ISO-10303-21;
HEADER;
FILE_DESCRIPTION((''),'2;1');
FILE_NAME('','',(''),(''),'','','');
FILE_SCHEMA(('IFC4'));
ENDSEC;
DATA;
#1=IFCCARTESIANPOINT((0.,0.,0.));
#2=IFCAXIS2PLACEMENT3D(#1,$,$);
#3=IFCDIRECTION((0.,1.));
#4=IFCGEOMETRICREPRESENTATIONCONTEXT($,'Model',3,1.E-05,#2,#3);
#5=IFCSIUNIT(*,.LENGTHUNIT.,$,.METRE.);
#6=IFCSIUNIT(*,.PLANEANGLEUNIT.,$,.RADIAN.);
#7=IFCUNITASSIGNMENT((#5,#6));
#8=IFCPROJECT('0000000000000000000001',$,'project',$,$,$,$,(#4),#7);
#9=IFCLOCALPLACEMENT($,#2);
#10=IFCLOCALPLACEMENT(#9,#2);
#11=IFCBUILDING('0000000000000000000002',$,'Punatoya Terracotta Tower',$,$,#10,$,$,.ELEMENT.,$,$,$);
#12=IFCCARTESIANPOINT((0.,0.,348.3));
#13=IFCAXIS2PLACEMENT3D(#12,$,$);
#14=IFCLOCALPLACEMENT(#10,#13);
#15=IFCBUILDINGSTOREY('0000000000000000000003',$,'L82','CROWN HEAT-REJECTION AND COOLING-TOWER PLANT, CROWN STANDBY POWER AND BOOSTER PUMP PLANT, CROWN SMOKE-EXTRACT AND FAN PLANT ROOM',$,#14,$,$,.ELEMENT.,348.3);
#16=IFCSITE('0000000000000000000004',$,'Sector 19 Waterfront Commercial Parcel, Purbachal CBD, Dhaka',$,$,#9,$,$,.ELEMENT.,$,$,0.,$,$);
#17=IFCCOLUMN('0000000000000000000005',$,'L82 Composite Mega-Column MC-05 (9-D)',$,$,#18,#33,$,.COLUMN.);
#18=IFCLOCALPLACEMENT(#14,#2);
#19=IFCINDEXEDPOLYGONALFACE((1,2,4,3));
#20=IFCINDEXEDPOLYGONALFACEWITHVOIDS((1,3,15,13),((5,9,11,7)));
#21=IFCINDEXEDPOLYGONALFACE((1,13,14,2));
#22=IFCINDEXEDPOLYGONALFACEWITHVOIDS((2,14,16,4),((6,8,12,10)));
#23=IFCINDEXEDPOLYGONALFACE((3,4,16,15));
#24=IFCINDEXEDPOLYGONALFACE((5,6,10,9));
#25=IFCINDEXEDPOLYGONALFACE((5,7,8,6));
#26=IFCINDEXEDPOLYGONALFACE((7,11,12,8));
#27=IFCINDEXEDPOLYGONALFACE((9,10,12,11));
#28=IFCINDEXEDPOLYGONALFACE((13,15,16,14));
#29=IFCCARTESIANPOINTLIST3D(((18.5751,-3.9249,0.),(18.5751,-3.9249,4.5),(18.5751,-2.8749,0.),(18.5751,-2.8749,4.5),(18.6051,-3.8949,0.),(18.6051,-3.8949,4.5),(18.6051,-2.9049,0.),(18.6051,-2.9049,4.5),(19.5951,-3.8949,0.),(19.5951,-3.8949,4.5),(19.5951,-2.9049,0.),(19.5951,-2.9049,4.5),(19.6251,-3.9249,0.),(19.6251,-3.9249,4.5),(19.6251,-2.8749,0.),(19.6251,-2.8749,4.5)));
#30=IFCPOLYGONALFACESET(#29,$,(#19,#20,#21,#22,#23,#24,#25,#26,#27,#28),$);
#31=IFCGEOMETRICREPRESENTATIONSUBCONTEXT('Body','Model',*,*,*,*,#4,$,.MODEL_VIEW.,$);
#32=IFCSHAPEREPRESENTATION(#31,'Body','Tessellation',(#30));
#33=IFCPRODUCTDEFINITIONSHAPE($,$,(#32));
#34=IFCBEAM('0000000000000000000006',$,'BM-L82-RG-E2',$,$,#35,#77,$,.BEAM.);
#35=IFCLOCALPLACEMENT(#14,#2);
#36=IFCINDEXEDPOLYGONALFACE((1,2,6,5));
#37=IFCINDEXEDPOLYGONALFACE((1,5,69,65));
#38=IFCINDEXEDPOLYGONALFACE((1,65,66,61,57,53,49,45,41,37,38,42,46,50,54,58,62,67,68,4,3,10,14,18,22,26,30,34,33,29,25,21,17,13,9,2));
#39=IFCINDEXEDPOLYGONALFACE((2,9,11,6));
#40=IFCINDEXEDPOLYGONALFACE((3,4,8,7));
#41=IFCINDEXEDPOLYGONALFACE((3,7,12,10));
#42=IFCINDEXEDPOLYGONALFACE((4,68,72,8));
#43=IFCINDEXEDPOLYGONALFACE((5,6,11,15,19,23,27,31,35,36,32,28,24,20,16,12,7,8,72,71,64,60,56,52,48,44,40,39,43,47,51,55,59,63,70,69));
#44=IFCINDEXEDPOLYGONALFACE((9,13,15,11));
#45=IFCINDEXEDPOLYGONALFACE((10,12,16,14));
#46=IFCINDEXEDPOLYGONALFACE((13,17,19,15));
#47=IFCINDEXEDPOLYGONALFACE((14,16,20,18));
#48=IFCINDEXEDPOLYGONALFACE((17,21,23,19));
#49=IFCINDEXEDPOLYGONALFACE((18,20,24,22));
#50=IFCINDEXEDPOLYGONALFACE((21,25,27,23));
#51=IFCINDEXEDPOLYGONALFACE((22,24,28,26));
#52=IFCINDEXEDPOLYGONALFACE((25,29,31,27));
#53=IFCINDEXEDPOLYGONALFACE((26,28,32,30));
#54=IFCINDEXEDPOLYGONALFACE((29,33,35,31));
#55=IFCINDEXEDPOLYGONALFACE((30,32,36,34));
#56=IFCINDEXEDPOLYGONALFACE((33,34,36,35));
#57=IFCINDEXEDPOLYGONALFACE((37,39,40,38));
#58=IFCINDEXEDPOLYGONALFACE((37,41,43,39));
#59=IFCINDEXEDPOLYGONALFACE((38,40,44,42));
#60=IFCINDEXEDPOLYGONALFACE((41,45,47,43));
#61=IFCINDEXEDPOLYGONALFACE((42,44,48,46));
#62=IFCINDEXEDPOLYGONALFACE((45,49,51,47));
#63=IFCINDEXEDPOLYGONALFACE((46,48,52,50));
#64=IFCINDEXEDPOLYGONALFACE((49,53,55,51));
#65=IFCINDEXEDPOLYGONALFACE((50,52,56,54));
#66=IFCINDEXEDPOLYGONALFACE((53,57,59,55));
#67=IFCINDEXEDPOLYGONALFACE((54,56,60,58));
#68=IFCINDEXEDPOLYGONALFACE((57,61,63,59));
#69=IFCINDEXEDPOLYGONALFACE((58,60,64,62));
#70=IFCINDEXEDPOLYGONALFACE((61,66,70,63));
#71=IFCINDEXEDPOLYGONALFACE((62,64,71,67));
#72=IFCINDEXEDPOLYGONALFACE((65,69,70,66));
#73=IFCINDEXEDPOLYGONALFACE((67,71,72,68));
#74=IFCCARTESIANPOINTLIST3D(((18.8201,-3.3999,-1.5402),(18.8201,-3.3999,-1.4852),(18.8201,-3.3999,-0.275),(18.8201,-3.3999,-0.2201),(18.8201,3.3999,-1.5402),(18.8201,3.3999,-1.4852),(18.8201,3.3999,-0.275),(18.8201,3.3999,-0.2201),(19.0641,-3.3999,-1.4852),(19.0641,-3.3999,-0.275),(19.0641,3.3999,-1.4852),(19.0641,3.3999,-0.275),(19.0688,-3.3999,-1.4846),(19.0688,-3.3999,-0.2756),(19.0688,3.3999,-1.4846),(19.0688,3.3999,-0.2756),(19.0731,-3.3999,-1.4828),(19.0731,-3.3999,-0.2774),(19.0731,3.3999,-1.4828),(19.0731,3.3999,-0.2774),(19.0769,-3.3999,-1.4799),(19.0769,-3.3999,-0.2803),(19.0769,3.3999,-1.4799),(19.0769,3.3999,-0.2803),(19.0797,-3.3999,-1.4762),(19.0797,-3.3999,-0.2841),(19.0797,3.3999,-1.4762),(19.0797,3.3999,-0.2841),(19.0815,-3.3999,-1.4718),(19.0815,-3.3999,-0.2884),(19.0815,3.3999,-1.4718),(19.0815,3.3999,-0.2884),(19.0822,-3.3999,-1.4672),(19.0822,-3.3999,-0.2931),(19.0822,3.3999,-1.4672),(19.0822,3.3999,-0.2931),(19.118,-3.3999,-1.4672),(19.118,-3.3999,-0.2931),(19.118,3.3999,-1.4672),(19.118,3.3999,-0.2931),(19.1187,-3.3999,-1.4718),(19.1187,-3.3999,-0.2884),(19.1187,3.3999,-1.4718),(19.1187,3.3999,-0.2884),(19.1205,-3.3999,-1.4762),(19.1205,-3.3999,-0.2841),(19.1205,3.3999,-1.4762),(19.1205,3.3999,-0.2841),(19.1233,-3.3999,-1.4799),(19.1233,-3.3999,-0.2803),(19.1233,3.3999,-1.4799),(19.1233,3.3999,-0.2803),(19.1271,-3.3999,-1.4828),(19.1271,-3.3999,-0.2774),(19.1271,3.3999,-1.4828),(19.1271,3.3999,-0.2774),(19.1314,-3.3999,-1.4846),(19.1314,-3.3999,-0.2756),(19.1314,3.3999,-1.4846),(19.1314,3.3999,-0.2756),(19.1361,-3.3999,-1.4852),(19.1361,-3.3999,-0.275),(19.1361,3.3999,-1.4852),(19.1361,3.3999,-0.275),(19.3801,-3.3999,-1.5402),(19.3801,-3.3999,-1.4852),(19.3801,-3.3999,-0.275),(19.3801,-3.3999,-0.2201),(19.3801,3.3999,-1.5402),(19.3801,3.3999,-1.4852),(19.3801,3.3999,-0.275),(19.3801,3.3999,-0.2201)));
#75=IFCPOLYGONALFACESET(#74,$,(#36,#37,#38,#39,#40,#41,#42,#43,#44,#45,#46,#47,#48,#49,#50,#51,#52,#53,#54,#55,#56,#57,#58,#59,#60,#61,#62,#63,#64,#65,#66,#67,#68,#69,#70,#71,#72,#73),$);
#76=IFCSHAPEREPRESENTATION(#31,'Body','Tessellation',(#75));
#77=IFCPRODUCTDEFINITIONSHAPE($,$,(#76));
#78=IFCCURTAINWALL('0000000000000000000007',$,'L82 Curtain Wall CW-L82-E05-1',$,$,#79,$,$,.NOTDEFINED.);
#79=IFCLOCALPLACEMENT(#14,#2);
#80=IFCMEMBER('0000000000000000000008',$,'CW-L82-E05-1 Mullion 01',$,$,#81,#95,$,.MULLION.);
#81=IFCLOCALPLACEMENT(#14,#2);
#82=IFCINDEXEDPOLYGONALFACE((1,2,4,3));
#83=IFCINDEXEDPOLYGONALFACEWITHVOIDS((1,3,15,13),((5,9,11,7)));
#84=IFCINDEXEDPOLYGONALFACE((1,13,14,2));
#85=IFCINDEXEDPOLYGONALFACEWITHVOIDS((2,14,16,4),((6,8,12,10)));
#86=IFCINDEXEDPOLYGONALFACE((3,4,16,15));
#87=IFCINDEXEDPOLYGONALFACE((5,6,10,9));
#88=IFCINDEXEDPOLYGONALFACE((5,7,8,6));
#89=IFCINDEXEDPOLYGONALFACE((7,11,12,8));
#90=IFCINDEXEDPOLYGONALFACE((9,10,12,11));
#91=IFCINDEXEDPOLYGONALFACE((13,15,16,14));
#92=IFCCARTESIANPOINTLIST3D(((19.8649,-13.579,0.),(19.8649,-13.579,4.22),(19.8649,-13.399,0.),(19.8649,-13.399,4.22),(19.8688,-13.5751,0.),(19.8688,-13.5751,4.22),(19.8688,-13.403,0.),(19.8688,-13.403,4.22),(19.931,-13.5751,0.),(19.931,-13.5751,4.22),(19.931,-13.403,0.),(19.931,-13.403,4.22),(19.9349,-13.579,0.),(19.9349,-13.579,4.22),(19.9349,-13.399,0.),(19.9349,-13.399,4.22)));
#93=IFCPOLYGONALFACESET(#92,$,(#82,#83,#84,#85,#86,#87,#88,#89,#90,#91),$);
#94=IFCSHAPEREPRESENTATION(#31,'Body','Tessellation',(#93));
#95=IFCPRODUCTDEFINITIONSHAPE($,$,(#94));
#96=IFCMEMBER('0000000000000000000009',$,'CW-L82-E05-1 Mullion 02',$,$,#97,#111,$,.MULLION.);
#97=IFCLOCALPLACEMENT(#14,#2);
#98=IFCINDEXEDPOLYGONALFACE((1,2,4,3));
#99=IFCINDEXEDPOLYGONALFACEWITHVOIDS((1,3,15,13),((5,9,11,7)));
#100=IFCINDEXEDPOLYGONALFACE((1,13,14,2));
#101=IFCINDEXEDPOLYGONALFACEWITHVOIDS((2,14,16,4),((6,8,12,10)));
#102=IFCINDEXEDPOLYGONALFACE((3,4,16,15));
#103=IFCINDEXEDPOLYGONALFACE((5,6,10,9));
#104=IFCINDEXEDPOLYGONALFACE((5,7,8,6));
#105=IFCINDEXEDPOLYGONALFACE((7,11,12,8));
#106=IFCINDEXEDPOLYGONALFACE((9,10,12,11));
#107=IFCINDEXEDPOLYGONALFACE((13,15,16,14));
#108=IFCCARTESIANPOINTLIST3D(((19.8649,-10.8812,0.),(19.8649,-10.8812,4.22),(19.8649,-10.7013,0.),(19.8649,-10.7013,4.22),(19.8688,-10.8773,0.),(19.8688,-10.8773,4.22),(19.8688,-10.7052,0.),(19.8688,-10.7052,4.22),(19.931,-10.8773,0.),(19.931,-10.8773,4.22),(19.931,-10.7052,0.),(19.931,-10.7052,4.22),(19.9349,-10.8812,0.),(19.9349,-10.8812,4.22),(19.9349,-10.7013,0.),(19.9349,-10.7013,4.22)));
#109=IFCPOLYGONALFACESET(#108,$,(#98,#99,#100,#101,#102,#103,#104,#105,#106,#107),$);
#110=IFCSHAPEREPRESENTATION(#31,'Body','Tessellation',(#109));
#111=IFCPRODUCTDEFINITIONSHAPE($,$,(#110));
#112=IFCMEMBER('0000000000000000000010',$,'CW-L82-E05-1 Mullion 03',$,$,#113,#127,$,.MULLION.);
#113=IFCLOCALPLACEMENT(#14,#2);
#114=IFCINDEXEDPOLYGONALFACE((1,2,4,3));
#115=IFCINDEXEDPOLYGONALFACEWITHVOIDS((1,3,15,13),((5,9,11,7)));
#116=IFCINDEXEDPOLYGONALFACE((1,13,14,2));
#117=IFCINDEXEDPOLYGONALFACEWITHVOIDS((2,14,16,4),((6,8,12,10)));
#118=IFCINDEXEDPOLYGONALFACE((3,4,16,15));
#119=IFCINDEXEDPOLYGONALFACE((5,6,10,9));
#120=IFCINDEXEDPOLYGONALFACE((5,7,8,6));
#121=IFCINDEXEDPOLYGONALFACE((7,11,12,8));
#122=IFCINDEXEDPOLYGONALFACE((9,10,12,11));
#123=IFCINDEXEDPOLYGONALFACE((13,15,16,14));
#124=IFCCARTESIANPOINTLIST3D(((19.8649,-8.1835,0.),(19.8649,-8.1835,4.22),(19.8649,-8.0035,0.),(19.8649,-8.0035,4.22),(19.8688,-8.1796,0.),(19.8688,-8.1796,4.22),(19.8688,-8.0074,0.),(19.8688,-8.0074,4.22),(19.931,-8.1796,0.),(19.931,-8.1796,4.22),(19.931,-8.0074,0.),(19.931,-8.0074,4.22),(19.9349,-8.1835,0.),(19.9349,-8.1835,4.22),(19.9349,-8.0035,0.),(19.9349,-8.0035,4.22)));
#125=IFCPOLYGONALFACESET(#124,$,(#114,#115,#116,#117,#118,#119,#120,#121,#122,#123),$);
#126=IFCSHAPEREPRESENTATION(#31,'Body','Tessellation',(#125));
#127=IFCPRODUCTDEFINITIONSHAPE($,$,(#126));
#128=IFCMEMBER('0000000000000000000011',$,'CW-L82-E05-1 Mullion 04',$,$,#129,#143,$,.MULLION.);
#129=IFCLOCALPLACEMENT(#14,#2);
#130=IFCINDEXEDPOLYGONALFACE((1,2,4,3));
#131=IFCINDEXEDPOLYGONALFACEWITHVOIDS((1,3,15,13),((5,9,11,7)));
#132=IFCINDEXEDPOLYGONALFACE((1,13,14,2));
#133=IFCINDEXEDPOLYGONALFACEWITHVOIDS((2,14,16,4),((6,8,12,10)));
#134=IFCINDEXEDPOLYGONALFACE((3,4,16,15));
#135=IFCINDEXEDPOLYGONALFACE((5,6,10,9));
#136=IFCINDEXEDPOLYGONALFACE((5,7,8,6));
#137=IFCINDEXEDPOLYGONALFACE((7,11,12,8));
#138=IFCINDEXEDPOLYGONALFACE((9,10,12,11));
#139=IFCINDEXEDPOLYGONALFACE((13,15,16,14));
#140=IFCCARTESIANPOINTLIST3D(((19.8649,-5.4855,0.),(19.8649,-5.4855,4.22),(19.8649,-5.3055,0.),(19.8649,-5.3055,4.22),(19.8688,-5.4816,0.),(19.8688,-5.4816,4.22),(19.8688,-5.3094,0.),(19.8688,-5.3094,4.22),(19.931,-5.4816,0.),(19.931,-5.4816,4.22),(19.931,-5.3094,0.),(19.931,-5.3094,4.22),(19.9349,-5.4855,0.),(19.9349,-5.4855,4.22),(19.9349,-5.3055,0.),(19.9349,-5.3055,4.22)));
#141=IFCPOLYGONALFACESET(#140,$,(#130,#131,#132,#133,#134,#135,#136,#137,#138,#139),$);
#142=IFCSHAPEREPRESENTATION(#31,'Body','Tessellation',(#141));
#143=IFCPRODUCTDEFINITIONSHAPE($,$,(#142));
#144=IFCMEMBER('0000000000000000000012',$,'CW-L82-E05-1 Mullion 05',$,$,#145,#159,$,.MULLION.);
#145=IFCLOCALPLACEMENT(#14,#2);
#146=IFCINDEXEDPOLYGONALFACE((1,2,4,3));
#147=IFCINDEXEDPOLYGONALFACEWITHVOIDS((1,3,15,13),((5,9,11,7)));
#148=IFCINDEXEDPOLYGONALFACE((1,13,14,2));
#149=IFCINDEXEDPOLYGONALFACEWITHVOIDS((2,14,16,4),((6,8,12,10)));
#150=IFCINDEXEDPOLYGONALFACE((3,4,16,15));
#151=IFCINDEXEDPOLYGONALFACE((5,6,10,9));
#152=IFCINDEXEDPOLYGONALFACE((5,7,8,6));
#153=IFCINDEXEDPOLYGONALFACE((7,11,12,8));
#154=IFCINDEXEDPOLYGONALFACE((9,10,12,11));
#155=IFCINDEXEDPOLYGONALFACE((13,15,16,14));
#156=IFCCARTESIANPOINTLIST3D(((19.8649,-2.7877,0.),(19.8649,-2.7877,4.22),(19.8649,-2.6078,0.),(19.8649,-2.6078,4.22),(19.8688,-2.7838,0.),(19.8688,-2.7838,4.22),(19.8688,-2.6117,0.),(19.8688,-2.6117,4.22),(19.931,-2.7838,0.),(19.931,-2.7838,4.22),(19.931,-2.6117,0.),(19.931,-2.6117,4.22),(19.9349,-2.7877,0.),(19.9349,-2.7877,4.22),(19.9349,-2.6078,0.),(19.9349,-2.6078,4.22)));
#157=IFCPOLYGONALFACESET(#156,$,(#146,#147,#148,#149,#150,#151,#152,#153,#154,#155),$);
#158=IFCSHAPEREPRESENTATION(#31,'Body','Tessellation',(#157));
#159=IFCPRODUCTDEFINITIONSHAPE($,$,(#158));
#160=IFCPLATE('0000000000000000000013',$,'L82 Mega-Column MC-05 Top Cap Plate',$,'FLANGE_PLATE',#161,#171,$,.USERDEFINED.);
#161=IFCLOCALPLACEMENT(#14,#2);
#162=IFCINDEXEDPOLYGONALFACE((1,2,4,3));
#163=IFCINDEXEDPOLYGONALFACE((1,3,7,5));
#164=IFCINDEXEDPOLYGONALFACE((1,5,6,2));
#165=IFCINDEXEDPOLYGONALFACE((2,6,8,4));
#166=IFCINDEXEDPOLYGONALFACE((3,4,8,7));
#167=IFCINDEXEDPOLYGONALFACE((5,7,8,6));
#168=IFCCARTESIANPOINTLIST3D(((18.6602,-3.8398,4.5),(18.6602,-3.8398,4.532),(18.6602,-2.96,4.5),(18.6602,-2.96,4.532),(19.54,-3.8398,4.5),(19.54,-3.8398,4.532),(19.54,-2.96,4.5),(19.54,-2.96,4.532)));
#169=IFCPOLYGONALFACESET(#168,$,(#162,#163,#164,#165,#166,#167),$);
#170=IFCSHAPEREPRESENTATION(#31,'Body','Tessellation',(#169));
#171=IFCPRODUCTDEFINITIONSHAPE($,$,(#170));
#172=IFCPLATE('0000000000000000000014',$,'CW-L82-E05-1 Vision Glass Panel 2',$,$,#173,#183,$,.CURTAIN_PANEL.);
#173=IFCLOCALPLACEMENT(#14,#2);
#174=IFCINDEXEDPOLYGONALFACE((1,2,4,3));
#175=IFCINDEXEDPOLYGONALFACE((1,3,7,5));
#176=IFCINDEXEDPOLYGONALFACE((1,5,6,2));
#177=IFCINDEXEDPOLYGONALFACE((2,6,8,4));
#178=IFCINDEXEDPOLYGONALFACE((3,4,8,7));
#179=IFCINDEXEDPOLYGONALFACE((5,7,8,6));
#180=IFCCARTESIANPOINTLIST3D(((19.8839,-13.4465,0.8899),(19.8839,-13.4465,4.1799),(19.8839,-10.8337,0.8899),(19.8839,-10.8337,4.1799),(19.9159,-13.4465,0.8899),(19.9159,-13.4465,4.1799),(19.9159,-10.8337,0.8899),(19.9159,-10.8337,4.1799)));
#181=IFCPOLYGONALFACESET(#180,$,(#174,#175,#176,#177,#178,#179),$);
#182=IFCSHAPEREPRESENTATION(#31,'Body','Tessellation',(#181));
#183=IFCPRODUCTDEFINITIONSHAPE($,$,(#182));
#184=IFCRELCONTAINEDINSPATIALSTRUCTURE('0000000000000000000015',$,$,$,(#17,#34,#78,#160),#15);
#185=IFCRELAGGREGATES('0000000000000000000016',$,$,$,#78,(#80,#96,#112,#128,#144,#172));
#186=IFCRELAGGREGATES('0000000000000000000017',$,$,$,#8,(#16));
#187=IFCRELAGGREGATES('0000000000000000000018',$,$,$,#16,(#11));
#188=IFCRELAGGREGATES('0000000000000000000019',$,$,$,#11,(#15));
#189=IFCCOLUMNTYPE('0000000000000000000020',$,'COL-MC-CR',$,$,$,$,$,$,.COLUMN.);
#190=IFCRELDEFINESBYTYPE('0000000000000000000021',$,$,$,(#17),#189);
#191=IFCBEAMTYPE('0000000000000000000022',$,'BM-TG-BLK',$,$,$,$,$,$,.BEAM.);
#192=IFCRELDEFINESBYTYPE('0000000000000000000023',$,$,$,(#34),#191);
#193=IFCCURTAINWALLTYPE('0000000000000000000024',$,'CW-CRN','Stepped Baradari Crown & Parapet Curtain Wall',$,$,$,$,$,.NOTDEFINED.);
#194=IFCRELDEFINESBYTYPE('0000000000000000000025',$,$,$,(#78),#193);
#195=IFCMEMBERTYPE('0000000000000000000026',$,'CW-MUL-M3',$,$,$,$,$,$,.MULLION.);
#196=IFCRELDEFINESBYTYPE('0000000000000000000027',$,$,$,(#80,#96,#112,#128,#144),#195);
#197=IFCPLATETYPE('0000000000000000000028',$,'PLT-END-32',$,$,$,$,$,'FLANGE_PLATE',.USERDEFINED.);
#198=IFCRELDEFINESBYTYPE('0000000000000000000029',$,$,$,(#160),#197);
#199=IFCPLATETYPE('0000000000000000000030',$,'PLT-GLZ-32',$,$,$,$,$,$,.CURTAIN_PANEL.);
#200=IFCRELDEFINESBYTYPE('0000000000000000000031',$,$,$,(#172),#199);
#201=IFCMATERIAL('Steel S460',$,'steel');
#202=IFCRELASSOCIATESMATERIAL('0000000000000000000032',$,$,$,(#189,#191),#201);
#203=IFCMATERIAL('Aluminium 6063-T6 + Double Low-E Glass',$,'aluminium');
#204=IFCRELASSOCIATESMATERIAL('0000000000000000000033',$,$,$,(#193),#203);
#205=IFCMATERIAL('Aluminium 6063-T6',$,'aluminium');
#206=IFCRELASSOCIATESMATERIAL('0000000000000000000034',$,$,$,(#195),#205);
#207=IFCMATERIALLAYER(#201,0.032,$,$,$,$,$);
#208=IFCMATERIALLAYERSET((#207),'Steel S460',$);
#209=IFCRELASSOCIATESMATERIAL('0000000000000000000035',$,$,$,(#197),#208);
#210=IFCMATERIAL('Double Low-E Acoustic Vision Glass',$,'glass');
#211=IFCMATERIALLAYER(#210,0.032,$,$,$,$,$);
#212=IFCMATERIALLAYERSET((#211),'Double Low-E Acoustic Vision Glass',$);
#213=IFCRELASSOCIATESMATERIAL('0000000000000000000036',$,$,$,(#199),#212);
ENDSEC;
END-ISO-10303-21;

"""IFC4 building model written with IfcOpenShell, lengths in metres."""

from ifc_helpers import new_model, si_unit, direction, frame, origin, origin_2d, place, context, subcontext, project, spatial, rectangle, hollow_rectangle, i_section, extrude, material, layer, layer_set, material_profile, profile_set, type_object, element, aggregate, save


model = new_model("IFC4")

# Units and contexts
model_context = context("Model", 3, precision=1e-05, world=origin(), true_north=direction((0.0, 1.0)))
body_context = subcontext(model_context, "Body", "Model", "MODEL_VIEW")
ifc_project = project(units=[si_unit("LENGTHUNIT", "METRE"), si_unit("PLANEANGLEUNIT", "RADIAN")], contexts=[model_context])

# Site, building, storey
site_placement = place(None, origin())
site = spatial("IfcSite", under=ifc_project, at=site_placement, Name="Sector 19 Waterfront Commercial Parcel, Purbachal CBD, Dhaka", CompositionType="ELEMENT", RefElevation=0.0)
building_placement = place(site_placement, origin())
building = spatial("IfcBuilding", under=site, at=building_placement, Name="Punatoya Terracotta Tower", CompositionType="ELEMENT")
storey_placement = place(building_placement, frame((0.0, 0.0, 348.3)))
storey = spatial("IfcBuildingStorey", under=building, at=storey_placement, Name="L82", Description="CROWN HEAT-REJECTION AND COOLING-TOWER PLANT, CROWN STANDBY POWER AND BOOSTER PUMP PLANT, CROWN SMOKE-EXTRACT AND FAN PLANT ROOM", CompositionType="ELEMENT", Elevation=348.3)

# Column
ifc_material_1 = material(Name="Steel S460", Category="steel")
ifc_material_profile_1 = material_profile(ifc_material_1, hollow_rectangle(XDim=1.05, YDim=1.05, WallThickness=0.03, at=origin_2d()))
ifc_profile_set_1 = profile_set([ifc_material_profile_1], Name="Steel S460")
column_type = type_object("IfcColumnType", Name="COL-MC-CR", PredefinedType="COLUMN", material=ifc_profile_set_1)
column_placement = place(storey_placement, frame((19.1001, -3.3999, 0.0), z_axis=(0.0, 0.0, 1.0), x_axis=(1.0, 0.0, 0.0)))
element("IfcColumn", 1, at=column_placement, inside=storey, type_object=column_type, Name="L82 Composite Mega-Column MC-05 (9-D)", PredefinedType="COLUMN", context=body_context, shape_type="SweptSolid", body=[
    extrude(hollow_rectangle(XDim=1.05, YDim=1.05, WallThickness=0.03, at=origin_2d()), origin(), (0.0, 0.0, 1.0), 4.5),
])

# Beam
ifc_material_profile_2 = material_profile(ifc_material_1, i_section(OverallWidth=0.5601, OverallDepth=1.3201, WebThickness=0.0359, FlangeThickness=0.0549, FilletRadius=0.0181, at=origin_2d()))
ifc_profile_set_2 = profile_set([ifc_material_profile_2], Name="Steel S460")
beam_type = type_object("IfcBeamType", Name="BM-TG-BLK", PredefinedType="BEAM", material=ifc_profile_set_2)
beam_placement = place(storey_placement, frame((19.1001, -3.3999, -0.8801), z_axis=(0.0, 1.0, 0.0), x_axis=(-1.0, 0.0, 0.0)))
element("IfcBeam", 2, at=beam_placement, inside=storey, type_object=beam_type, Name="BM-L82-RG-E2", PredefinedType="BEAM", context=body_context, shape_type="SweptSolid", body=[
    extrude(i_section(OverallWidth=0.5601, OverallDepth=1.3201, WebThickness=0.0359, FlangeThickness=0.0549, FilletRadius=0.0181, at=origin_2d()), origin(), (0.0, 0.0, 1.0), 6.7998),
])

# Curtain wall, members
ifc_material_2 = material(Name="Aluminium 6063-T6 + Double Low-E Glass", Category="aluminium")
curtain_wall_type = type_object("IfcCurtainWallType", Name="CW-CRN", Description="Stepped Baradari Crown & Parapet Curtain Wall", PredefinedType="NOTDEFINED", material=ifc_material_2)
curtain_wall_placement = place(storey_placement, origin())
curtain_wall = element("IfcCurtainWall", 3, at=curtain_wall_placement, inside=storey, type_object=curtain_wall_type, Name="L82 Curtain Wall CW-L82-E05-1", PredefinedType="NOTDEFINED")
ifc_material_3 = material(Name="Aluminium 6063-T6", Category="aluminium")
ifc_material_profile_3 = material_profile(ifc_material_3, hollow_rectangle(XDim=0.0701, YDim=0.1799, WallThickness=0.0039, at=origin_2d()))
ifc_profile_set_3 = profile_set([ifc_material_profile_3], Name="Aluminium 6063-T6")
member_type = type_object("IfcMemberType", Name="CW-MUL-M3", PredefinedType="MULLION", material=ifc_profile_set_3)
member_1_placement = place(storey_placement, frame((19.8999, -13.489, 0.0), z_axis=(0.0, 0.0, 1.0), x_axis=(1.0, 0.0, 0.0)))
member_1 = element("IfcMember", 4, at=member_1_placement, type_object=member_type, Name="CW-L82-E05-1 Mullion 01", PredefinedType="MULLION", context=body_context, shape_type="SweptSolid", body=[
    extrude(hollow_rectangle(XDim=0.0701, YDim=0.1799, WallThickness=0.0039, at=origin_2d()), origin(), (0.0, 0.0, 1.0), 4.22),
])
member_2_placement = place(storey_placement, frame((19.8999, -10.7913, 0.0), z_axis=(0.0, 0.0, 1.0), x_axis=(1.0, 0.0, 0.0)))
member_2 = element("IfcMember", 5, at=member_2_placement, type_object=member_type, Name="CW-L82-E05-1 Mullion 02", PredefinedType="MULLION", context=body_context, shape_type="SweptSolid", body=[
    extrude(hollow_rectangle(XDim=0.0701, YDim=0.1799, WallThickness=0.0039, at=origin_2d()), origin(), (0.0, 0.0, 1.0), 4.22),
])
member_3_placement = place(storey_placement, frame((19.8999, -8.0935, 0.0), z_axis=(0.0, 0.0, 1.0), x_axis=(1.0, 0.0, 0.0)))
member_3 = element("IfcMember", 6, at=member_3_placement, type_object=member_type, Name="CW-L82-E05-1 Mullion 03", PredefinedType="MULLION", context=body_context, shape_type="SweptSolid", body=[
    extrude(hollow_rectangle(XDim=0.0701, YDim=0.1799, WallThickness=0.0039, at=origin_2d()), origin(), (0.0, 0.0, 1.0), 4.22),
])
member_4_placement = place(storey_placement, frame((19.8999, -5.3955, 0.0), z_axis=(0.0, 0.0, 1.0), x_axis=(1.0, 0.0, 0.0)))
member_4 = element("IfcMember", 7, at=member_4_placement, type_object=member_type, Name="CW-L82-E05-1 Mullion 04", PredefinedType="MULLION", context=body_context, shape_type="SweptSolid", body=[
    extrude(hollow_rectangle(XDim=0.0701, YDim=0.1799, WallThickness=0.0039, at=origin_2d()), origin(), (0.0, 0.0, 1.0), 4.22),
])
member_5_placement = place(storey_placement, frame((19.8999, -2.6978, 0.0), z_axis=(0.0, 0.0, 1.0), x_axis=(1.0, 0.0, 0.0)))
member_5 = element("IfcMember", 8, at=member_5_placement, type_object=member_type, Name="CW-L82-E05-1 Mullion 05", PredefinedType="MULLION", context=body_context, shape_type="SweptSolid", body=[
    extrude(hollow_rectangle(XDim=0.0701, YDim=0.1799, WallThickness=0.0039, at=origin_2d()), origin(), (0.0, 0.0, 1.0), 4.22),
])

# Plates
ifc_layer_1 = layer(ifc_material_1, 0.032)
ifc_layer_set_1 = layer_set([ifc_layer_1], Name="Steel S460")
plate_type_1 = type_object("IfcPlateType", Name="PLT-END-32", ElementType="FLANGE_PLATE", PredefinedType="USERDEFINED", material=ifc_layer_set_1)
plate_1_placement = place(storey_placement, frame((19.1001, -3.3999, 4.5), z_axis=(0.0, 0.0, 1.0), x_axis=(1.0, 0.0, 0.0)))
element("IfcPlate", 9, at=plate_1_placement, inside=storey, type_object=plate_type_1, Name="L82 Mega-Column MC-05 Top Cap Plate", ObjectType="FLANGE_PLATE", PredefinedType="USERDEFINED", context=body_context, shape_type="SweptSolid", body=[
    extrude(rectangle(XDim=0.8799, YDim=0.8799, at=origin_2d()), origin(), (0.0, 0.0, 1.0), 0.032),
])
ifc_material_4 = material(Name="Double Low-E Acoustic Vision Glass", Category="glass")
ifc_layer_2 = layer(ifc_material_4, 0.032)
ifc_layer_set_2 = layer_set([ifc_layer_2], Name="Double Low-E Acoustic Vision Glass")
plate_type_2 = type_object("IfcPlateType", Name="PLT-GLZ-32", PredefinedType="CURTAIN_PANEL", material=ifc_layer_set_2)
plate_2_placement = place(storey_placement, frame((19.8999, -12.1401, 0.8899), z_axis=(0.0, 0.0, 1.0), x_axis=(0.0, 1.0, 0.0)))
plate_2 = element("IfcPlate", 10, at=plate_2_placement, type_object=plate_type_2, Name="CW-L82-E05-1 Vision Glass Panel 2", PredefinedType="CURTAIN_PANEL", context=body_context, shape_type="SweptSolid", body=[
    extrude(rectangle(XDim=2.6128, YDim=0.032, at=origin_2d()), origin(), (0.0, 0.0, 1.0), 3.29),
])
aggregate(curtain_wall, [member_1, member_2, member_3, member_4, member_5, plate_2])

save(model, "model.ifc")
